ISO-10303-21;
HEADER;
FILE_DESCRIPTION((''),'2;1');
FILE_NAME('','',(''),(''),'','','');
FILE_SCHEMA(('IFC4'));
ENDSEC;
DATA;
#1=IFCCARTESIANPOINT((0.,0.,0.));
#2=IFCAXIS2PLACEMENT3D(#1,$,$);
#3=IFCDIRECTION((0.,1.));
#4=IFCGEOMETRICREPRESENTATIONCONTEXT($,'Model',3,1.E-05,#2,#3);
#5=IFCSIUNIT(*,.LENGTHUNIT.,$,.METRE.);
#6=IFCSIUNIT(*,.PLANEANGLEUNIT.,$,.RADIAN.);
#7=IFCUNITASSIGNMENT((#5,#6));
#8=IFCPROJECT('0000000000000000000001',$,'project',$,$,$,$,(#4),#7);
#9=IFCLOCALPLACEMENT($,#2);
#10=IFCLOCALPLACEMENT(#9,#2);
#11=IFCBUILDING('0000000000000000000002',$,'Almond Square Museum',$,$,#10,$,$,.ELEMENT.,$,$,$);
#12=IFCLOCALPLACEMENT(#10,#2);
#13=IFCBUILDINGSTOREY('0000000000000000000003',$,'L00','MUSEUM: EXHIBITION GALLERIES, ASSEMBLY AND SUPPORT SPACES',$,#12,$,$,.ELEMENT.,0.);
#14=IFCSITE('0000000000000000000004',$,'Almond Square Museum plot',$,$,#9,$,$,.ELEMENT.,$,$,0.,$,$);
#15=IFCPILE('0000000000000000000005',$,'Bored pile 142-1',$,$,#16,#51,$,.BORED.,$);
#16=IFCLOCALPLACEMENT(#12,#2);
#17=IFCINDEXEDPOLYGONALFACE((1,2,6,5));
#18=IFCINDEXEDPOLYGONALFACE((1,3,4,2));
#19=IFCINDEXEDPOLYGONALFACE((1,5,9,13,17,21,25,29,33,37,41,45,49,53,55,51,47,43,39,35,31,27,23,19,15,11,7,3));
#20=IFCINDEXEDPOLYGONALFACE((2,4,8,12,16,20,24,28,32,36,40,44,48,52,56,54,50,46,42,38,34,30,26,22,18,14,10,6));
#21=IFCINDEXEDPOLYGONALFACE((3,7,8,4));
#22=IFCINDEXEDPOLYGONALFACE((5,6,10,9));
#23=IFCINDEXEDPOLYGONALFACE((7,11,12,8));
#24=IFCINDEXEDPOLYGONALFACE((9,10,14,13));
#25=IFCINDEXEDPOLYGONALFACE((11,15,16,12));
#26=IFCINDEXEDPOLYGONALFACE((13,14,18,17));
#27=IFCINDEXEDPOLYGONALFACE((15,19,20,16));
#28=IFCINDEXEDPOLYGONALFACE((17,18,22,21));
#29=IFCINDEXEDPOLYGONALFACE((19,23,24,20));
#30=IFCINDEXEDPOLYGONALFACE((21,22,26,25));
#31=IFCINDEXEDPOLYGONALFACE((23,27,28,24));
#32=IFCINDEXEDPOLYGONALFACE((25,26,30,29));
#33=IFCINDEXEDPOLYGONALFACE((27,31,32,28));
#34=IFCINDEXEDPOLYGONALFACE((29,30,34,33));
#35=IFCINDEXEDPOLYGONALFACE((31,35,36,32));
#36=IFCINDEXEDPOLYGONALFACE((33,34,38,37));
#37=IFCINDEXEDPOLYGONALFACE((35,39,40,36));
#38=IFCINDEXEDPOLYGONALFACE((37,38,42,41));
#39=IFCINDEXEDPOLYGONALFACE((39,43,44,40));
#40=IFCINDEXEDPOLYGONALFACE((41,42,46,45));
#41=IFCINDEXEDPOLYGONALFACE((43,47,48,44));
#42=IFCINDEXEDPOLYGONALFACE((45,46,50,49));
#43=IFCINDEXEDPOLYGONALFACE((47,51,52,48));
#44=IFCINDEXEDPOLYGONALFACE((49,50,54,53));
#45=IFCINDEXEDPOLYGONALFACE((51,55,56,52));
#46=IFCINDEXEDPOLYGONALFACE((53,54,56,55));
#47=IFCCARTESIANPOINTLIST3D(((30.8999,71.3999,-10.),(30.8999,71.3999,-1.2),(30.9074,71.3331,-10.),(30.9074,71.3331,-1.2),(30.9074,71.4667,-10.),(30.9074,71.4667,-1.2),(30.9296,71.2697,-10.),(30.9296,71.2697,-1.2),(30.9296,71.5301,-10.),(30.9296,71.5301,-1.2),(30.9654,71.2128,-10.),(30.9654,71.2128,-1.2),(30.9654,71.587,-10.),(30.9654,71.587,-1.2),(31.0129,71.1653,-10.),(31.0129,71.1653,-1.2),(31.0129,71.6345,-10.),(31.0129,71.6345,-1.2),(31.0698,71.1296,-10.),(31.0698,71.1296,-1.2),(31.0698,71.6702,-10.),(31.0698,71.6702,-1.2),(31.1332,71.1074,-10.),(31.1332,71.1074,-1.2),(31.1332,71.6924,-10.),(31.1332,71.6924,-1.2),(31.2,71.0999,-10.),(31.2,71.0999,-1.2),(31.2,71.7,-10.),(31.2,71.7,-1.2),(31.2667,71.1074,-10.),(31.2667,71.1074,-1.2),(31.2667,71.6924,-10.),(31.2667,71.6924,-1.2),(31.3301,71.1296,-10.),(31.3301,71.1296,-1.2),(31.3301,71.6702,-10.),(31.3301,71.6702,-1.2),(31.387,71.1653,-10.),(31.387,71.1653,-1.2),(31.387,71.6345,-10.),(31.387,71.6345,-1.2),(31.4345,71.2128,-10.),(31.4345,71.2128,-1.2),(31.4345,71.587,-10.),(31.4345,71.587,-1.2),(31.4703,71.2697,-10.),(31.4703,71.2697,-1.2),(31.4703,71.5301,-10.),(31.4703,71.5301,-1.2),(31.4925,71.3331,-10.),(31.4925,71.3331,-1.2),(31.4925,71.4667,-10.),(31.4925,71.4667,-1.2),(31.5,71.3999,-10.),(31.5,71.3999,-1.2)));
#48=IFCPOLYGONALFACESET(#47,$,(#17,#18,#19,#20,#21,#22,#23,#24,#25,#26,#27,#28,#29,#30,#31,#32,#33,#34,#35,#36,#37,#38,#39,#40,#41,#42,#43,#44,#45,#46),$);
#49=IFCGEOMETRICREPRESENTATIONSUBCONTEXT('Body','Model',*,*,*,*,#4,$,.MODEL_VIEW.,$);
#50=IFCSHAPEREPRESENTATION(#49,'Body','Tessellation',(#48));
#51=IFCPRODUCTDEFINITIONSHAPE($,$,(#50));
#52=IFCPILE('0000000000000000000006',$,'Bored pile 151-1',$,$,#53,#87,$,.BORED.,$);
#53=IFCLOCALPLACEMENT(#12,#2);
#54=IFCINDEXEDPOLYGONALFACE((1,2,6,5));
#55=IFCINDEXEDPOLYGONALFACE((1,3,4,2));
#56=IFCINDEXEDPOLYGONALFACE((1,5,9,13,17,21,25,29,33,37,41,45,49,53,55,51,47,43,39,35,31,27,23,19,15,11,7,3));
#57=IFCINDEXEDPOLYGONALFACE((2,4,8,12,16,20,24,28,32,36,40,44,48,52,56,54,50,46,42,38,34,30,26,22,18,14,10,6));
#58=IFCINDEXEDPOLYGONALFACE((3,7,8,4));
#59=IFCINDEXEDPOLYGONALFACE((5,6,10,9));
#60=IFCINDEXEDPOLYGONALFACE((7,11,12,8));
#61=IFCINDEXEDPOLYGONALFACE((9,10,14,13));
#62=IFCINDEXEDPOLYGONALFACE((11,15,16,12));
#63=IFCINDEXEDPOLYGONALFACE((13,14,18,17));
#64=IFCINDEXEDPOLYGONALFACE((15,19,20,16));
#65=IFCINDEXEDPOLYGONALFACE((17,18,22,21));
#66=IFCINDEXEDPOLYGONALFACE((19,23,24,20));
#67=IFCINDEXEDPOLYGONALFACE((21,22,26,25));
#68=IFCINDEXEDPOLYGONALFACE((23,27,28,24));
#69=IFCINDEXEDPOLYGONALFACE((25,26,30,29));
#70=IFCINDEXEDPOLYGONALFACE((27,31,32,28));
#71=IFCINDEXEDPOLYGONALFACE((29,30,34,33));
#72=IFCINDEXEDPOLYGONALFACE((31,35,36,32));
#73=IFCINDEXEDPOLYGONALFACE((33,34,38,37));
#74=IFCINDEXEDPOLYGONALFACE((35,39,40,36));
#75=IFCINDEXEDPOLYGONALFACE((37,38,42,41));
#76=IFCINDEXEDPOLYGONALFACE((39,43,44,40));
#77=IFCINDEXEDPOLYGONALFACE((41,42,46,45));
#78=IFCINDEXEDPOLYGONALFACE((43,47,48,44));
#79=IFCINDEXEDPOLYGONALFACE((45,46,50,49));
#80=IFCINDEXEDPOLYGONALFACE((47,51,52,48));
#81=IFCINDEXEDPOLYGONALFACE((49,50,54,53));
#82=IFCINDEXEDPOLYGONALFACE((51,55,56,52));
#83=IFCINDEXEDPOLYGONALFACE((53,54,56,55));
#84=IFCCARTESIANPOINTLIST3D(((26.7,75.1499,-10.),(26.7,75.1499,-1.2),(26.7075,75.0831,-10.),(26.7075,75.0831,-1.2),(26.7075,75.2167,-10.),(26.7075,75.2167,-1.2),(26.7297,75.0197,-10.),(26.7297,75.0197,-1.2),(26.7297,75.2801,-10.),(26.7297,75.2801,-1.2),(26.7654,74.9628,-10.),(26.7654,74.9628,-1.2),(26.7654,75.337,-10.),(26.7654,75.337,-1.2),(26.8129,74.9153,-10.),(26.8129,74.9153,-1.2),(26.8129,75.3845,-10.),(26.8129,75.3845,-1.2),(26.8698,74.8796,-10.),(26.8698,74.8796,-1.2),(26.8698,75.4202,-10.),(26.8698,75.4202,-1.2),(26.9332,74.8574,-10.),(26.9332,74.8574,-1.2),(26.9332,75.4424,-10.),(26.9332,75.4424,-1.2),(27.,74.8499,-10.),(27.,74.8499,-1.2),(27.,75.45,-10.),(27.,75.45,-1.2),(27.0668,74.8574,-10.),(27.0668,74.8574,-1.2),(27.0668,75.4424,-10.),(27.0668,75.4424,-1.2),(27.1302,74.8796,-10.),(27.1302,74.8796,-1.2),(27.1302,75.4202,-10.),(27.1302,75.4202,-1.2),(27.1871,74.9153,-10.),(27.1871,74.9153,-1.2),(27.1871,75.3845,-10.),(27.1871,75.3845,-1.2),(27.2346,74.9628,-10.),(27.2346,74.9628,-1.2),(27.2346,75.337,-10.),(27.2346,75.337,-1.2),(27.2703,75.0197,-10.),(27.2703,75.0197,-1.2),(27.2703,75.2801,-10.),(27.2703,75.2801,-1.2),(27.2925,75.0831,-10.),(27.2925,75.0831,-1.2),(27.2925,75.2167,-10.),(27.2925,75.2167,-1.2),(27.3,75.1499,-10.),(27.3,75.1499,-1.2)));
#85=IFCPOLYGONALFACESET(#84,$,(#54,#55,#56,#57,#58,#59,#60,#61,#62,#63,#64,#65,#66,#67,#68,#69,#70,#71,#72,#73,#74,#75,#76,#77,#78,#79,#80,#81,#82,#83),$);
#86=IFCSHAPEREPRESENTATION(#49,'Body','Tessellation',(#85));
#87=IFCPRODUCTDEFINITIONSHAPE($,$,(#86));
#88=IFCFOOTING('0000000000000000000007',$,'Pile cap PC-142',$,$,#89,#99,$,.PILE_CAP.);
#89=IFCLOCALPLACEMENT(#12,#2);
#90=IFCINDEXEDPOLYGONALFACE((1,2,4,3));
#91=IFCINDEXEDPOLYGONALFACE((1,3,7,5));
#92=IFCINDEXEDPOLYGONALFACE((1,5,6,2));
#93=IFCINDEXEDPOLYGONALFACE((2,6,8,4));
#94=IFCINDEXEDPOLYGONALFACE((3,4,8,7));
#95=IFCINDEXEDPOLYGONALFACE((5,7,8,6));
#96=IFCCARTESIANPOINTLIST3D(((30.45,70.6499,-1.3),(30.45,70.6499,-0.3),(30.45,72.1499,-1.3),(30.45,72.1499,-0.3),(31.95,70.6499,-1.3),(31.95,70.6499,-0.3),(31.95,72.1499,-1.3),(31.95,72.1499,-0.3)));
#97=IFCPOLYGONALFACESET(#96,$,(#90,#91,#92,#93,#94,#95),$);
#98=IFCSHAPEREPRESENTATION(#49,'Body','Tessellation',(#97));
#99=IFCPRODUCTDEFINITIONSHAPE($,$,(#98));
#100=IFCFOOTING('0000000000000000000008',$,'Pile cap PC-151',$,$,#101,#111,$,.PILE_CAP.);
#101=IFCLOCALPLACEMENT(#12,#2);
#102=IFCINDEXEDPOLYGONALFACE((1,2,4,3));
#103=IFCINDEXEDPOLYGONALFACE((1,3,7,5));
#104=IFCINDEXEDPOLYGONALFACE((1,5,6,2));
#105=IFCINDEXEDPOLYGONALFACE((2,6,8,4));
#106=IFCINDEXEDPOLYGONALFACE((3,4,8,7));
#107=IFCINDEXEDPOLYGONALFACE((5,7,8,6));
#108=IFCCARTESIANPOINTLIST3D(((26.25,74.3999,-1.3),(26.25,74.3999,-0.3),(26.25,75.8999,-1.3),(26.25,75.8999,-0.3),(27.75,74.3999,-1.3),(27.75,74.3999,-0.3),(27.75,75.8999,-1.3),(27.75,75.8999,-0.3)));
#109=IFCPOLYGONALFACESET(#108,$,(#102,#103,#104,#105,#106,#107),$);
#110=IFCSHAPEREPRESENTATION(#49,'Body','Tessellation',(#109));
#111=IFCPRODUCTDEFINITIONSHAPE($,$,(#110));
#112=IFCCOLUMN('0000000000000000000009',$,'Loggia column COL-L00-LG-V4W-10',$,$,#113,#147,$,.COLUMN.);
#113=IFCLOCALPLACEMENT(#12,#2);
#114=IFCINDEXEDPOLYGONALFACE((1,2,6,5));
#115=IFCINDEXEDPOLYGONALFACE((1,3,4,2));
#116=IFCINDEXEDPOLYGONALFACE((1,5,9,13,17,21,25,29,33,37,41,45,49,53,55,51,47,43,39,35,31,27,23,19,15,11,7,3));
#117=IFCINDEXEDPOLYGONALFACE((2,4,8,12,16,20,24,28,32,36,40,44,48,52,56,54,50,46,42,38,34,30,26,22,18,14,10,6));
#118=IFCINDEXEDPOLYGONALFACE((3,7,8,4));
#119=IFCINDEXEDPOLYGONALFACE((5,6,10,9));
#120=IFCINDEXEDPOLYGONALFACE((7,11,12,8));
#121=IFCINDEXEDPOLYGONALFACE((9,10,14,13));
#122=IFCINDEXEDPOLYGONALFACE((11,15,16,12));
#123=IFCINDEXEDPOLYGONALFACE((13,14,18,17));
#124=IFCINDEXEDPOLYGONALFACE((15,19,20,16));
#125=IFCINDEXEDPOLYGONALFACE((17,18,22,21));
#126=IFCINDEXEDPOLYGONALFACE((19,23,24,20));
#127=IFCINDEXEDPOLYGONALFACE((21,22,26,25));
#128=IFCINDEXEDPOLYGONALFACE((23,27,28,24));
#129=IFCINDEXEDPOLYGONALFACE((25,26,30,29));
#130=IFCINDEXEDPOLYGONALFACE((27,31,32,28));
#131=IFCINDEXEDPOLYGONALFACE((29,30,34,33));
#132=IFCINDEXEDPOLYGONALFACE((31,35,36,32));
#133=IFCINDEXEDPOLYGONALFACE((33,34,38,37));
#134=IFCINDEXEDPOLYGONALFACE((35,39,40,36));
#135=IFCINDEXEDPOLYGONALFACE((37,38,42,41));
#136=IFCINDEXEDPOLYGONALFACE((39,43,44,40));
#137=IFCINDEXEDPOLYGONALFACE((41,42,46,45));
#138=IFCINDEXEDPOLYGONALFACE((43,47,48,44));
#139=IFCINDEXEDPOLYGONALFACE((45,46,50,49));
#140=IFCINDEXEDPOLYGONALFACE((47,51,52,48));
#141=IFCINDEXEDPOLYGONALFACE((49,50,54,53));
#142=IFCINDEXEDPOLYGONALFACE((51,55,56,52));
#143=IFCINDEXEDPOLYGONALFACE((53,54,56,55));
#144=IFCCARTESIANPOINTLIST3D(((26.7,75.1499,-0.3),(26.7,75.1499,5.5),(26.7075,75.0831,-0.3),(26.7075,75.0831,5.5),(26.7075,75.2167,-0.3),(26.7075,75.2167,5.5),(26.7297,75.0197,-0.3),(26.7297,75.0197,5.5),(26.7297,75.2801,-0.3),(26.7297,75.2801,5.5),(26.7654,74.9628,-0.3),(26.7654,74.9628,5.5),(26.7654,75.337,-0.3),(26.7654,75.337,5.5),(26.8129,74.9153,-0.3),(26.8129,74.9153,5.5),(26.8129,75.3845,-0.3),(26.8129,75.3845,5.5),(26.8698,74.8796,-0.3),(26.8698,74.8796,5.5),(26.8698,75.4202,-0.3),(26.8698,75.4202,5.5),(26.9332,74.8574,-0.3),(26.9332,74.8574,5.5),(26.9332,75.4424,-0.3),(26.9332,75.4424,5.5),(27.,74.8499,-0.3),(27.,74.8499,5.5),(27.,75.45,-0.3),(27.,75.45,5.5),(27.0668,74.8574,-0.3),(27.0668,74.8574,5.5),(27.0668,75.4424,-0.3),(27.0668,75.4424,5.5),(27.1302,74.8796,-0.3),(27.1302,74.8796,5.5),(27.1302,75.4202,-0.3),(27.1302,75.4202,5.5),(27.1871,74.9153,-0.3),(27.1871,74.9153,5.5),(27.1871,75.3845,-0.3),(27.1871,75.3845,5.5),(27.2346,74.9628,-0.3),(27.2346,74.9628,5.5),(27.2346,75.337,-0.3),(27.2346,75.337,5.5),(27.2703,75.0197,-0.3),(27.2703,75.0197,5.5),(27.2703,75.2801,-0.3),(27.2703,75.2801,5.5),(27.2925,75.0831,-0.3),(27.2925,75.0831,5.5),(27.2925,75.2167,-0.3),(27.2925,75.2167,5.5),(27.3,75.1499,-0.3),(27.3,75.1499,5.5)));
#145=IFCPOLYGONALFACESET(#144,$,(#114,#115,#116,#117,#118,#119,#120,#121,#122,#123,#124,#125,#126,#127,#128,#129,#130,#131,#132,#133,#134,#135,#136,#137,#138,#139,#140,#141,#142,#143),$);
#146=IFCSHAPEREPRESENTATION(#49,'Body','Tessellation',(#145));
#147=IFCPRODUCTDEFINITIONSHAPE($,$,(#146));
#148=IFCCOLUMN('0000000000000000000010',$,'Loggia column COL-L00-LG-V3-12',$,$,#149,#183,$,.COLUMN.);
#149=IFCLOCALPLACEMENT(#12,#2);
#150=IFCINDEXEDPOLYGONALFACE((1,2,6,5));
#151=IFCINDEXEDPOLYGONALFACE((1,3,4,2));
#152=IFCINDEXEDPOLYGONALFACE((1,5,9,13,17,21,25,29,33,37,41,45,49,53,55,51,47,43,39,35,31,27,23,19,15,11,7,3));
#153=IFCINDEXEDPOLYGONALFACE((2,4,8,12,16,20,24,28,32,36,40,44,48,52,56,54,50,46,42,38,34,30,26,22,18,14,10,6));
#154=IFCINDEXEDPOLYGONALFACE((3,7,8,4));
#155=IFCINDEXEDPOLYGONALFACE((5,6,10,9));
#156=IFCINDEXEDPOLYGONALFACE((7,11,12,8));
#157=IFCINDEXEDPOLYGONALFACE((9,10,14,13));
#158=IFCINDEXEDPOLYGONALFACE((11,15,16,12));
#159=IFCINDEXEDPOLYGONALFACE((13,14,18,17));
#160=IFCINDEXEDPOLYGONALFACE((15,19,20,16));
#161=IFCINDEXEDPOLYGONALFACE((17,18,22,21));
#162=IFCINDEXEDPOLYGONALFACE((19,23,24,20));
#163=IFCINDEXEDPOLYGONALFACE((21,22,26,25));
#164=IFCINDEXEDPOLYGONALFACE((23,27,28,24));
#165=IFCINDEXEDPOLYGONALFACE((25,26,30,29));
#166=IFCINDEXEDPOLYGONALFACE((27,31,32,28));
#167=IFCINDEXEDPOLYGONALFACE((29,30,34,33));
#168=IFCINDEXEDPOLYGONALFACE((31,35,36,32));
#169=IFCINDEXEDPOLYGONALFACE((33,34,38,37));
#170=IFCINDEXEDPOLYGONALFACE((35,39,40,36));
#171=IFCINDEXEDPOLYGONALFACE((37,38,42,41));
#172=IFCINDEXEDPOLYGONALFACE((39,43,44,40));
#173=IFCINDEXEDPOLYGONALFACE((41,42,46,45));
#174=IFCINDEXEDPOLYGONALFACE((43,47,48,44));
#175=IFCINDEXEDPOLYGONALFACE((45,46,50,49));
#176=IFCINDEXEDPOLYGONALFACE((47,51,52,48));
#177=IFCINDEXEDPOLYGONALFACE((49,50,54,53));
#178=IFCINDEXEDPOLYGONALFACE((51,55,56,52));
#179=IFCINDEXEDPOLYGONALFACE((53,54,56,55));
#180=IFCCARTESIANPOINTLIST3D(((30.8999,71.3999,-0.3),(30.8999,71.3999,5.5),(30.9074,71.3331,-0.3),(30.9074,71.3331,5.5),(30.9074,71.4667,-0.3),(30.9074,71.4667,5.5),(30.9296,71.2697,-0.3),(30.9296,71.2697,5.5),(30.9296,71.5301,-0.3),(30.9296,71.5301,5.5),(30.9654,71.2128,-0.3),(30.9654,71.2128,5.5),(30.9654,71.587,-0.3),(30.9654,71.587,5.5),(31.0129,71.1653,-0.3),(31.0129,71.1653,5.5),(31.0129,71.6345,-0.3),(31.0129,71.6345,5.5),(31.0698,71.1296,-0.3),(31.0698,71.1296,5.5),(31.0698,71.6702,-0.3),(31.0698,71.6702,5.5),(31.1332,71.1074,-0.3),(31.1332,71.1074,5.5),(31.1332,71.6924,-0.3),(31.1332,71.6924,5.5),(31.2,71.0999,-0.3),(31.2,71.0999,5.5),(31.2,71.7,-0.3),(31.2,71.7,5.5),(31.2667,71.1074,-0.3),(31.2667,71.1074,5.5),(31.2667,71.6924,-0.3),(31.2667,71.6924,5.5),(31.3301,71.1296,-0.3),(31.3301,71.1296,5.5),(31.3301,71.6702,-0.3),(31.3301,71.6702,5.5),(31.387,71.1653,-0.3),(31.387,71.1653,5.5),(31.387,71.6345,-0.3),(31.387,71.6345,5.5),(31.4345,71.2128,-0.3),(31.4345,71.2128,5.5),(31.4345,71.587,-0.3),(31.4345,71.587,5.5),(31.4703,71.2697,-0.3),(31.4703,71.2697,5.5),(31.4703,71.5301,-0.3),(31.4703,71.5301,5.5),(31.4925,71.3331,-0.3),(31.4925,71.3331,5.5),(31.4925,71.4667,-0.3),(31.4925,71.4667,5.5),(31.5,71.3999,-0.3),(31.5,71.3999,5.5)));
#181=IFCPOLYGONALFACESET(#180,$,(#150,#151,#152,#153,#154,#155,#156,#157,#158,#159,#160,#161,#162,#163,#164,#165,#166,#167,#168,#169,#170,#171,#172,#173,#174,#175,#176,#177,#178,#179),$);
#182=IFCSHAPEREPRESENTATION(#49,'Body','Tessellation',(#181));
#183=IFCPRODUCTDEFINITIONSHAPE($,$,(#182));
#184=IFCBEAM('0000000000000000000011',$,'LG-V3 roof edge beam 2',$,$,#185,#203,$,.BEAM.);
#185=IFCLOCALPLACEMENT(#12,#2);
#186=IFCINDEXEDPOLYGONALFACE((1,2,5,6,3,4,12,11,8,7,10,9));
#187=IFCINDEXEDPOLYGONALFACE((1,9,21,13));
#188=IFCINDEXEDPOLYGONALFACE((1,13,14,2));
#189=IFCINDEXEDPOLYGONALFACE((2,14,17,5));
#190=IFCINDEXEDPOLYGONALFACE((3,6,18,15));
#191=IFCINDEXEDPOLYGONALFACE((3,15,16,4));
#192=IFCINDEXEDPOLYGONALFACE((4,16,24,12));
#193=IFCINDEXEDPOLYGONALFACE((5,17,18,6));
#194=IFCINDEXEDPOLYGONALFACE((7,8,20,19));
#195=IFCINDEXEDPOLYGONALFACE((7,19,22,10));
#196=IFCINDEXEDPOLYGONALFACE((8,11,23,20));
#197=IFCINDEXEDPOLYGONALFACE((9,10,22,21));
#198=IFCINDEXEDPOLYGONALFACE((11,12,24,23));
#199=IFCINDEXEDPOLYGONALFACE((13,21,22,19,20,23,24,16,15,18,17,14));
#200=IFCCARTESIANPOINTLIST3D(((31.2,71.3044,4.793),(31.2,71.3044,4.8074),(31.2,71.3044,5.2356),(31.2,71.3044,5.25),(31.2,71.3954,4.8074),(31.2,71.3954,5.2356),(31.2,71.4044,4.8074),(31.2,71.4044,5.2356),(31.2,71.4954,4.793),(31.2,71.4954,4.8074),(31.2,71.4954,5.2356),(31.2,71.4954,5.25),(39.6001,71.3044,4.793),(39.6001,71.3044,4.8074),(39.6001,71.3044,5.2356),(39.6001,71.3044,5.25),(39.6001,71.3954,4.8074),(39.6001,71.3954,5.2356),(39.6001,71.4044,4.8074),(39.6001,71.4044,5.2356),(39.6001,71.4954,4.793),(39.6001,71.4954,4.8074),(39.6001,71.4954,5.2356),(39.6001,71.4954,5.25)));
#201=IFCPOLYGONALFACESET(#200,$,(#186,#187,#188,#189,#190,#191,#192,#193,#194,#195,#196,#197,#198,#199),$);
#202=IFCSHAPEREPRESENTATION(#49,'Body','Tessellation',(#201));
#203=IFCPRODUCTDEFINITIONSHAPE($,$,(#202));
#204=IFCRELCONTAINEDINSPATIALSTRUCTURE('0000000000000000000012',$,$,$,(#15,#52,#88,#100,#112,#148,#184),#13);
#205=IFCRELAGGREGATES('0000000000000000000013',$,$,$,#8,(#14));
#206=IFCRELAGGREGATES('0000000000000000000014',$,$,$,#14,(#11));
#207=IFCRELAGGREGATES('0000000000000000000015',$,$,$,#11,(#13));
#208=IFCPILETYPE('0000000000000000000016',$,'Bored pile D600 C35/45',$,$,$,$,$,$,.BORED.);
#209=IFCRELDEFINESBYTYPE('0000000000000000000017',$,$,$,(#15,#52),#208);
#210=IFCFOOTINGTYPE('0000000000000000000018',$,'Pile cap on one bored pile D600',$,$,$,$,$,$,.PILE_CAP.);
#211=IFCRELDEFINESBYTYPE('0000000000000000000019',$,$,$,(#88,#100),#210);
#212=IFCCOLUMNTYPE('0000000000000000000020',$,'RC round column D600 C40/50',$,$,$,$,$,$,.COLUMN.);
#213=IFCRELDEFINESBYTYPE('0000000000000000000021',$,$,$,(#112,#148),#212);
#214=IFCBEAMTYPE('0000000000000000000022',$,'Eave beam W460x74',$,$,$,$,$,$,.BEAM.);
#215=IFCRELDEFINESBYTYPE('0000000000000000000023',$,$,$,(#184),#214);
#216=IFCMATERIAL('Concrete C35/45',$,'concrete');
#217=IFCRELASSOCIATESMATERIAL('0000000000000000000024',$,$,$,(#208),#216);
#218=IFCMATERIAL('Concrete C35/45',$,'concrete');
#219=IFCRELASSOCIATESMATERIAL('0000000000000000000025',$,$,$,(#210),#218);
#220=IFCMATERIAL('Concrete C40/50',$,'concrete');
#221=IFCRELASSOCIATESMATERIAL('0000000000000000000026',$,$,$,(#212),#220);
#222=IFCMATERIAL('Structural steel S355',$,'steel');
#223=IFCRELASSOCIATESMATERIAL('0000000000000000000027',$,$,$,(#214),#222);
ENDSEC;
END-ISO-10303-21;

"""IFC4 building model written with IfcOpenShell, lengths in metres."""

from ifc_helpers import new_model, si_unit, direction, frame, origin, origin_2d, place, context, subcontext, project, spatial, rectangle, circle, i_section, extrude, material, material_profile, profile_set, type_object, element, save


model = new_model("IFC4")

# Units and contexts
model_context = context("Model", 3, precision=1e-05, world=origin(), true_north=direction((0.0, 1.0)))
body_context = subcontext(model_context, "Body", "Model", "MODEL_VIEW")
ifc_project = project(units=[si_unit("LENGTHUNIT", "METRE"), si_unit("PLANEANGLEUNIT", "RADIAN")], contexts=[model_context])

# Site, building, storey
site_placement = place(None, origin())
site = spatial("IfcSite", under=ifc_project, at=site_placement, Name="Almond Square Museum plot", CompositionType="ELEMENT", RefElevation=0.0)
building_placement = place(site_placement, origin())
building = spatial("IfcBuilding", under=site, at=building_placement, Name="Almond Square Museum", CompositionType="ELEMENT")
storey_placement = place(building_placement, origin())
storey = spatial("IfcBuildingStorey", under=building, at=storey_placement, Name="L00", Description="MUSEUM: EXHIBITION GALLERIES, ASSEMBLY AND SUPPORT SPACES", CompositionType="ELEMENT", Elevation=0.0)

# Piles
ifc_material_1 = material(Name="Concrete C35/45", Category="concrete")
ifc_material_profile_1 = material_profile(ifc_material_1, circle(Radius=0.3, at=origin_2d()))
ifc_profile_set_1 = profile_set([ifc_material_profile_1], Name="Concrete C35/45")
pile_type = type_object("IfcPileType", Name="Bored pile D600 C35/45", PredefinedType="BORED", material=ifc_profile_set_1)
for number, where, z_axis, x_axis, name in (
    (1, (31.2, 71.3999, -1.2), (0.0, 0.0, -1.0), (1.0, 0.0, 0.0), "Bored pile 142-1"),
    (2, (27.0, 75.1499, -1.2), (0.0, 0.0, -1.0), (1.0, 0.0, 0.0), "Bored pile 151-1"),
):
    element("IfcPile", number, at=place(storey_placement, frame(where, z_axis=z_axis, x_axis=x_axis)), inside=storey, type_object=pile_type, Name=name, PredefinedType="BORED", context=body_context, shape_type="SweptSolid", body=[
        extrude(circle(Radius=0.3, at=origin_2d()), origin(), (0.0, 0.0, 1.0), 8.8),
    ])

# Footings
ifc_material_2 = material(Name="Concrete C35/45", Category="concrete")
footing_type = type_object("IfcFootingType", Name="Pile cap on one bored pile D600", PredefinedType="PILE_CAP", material=ifc_material_2)
for number, where, z_axis, x_axis, name in (
    (3, (31.2, 71.3999, -1.3), (0.0, 0.0, 1.0), (1.0, 0.0, 0.0), "Pile cap PC-142"),
    (4, (27.0, 75.1499, -1.3), (0.0, 0.0, 1.0), (1.0, 0.0, 0.0), "Pile cap PC-151"),
):
    element("IfcFooting", number, at=place(storey_placement, frame(where, z_axis=z_axis, x_axis=x_axis)), inside=storey, type_object=footing_type, Name=name, PredefinedType="PILE_CAP", context=body_context, shape_type="SweptSolid", body=[
        extrude(rectangle(XDim=1.5, YDim=1.5, at=origin_2d()), origin(), (0.0, 0.0, 1.0), 1.0),
    ])

# Columns
ifc_material_3 = material(Name="Concrete C40/50", Category="concrete")
ifc_material_profile_2 = material_profile(ifc_material_3, circle(Radius=0.3, at=origin_2d()))
ifc_profile_set_2 = profile_set([ifc_material_profile_2], Name="Concrete C40/50")
column_type = type_object("IfcColumnType", Name="RC round column D600 C40/50", PredefinedType="COLUMN", material=ifc_profile_set_2)
for number, where, z_axis, x_axis, name in (
    (5, (27.0, 75.1499, -0.3), (0.0, 0.0, 1.0), (1.0, 0.0, 0.0), "Loggia column COL-L00-LG-V4W-10"),
    (6, (31.2, 71.3999, -0.3), (0.0, 0.0, 1.0), (1.0, 0.0, 0.0), "Loggia column COL-L00-LG-V3-12"),
):
    element("IfcColumn", number, at=place(storey_placement, frame(where, z_axis=z_axis, x_axis=x_axis)), inside=storey, type_object=column_type, Name=name, PredefinedType="COLUMN", context=body_context, shape_type="SweptSolid", body=[
        extrude(circle(Radius=0.3, at=origin_2d()), origin(), (0.0, 0.0, 1.0), 5.8),
    ])

# Beam
ifc_material_4 = material(Name="Structural steel S355", Category="steel")
ifc_material_profile_3 = material_profile(ifc_material_4, i_section(OverallWidth=0.1909, OverallDepth=0.457, WebThickness=0.009, FlangeThickness=0.0144, at=origin_2d()))
ifc_profile_set_3 = profile_set([ifc_material_profile_3], Name="Structural steel S355")
beam_type_1 = type_object("IfcBeamType", Name="Eave beam W460x74", PredefinedType="BEAM", material=ifc_profile_set_3)
beam_1_placement = place(storey_placement, frame((31.2, 71.3999, 5.0215), z_axis=(1.0, 0.0, 0.0), x_axis=(0.0, 1.0, 0.0)))
element("IfcBeam", 7, at=beam_1_placement, inside=storey, type_object=beam_type_1, Name="LG-V3 roof edge beam 2", PredefinedType="BEAM", context=body_context, shape_type="SweptSolid", body=[
    extrude(i_section(OverallWidth=0.1909, OverallDepth=0.457, WebThickness=0.009, FlangeThickness=0.0144, at=origin_2d()), origin(), (0.0, 0.0, 1.0), 8.4001),
])

save(model, "model.ifc")
